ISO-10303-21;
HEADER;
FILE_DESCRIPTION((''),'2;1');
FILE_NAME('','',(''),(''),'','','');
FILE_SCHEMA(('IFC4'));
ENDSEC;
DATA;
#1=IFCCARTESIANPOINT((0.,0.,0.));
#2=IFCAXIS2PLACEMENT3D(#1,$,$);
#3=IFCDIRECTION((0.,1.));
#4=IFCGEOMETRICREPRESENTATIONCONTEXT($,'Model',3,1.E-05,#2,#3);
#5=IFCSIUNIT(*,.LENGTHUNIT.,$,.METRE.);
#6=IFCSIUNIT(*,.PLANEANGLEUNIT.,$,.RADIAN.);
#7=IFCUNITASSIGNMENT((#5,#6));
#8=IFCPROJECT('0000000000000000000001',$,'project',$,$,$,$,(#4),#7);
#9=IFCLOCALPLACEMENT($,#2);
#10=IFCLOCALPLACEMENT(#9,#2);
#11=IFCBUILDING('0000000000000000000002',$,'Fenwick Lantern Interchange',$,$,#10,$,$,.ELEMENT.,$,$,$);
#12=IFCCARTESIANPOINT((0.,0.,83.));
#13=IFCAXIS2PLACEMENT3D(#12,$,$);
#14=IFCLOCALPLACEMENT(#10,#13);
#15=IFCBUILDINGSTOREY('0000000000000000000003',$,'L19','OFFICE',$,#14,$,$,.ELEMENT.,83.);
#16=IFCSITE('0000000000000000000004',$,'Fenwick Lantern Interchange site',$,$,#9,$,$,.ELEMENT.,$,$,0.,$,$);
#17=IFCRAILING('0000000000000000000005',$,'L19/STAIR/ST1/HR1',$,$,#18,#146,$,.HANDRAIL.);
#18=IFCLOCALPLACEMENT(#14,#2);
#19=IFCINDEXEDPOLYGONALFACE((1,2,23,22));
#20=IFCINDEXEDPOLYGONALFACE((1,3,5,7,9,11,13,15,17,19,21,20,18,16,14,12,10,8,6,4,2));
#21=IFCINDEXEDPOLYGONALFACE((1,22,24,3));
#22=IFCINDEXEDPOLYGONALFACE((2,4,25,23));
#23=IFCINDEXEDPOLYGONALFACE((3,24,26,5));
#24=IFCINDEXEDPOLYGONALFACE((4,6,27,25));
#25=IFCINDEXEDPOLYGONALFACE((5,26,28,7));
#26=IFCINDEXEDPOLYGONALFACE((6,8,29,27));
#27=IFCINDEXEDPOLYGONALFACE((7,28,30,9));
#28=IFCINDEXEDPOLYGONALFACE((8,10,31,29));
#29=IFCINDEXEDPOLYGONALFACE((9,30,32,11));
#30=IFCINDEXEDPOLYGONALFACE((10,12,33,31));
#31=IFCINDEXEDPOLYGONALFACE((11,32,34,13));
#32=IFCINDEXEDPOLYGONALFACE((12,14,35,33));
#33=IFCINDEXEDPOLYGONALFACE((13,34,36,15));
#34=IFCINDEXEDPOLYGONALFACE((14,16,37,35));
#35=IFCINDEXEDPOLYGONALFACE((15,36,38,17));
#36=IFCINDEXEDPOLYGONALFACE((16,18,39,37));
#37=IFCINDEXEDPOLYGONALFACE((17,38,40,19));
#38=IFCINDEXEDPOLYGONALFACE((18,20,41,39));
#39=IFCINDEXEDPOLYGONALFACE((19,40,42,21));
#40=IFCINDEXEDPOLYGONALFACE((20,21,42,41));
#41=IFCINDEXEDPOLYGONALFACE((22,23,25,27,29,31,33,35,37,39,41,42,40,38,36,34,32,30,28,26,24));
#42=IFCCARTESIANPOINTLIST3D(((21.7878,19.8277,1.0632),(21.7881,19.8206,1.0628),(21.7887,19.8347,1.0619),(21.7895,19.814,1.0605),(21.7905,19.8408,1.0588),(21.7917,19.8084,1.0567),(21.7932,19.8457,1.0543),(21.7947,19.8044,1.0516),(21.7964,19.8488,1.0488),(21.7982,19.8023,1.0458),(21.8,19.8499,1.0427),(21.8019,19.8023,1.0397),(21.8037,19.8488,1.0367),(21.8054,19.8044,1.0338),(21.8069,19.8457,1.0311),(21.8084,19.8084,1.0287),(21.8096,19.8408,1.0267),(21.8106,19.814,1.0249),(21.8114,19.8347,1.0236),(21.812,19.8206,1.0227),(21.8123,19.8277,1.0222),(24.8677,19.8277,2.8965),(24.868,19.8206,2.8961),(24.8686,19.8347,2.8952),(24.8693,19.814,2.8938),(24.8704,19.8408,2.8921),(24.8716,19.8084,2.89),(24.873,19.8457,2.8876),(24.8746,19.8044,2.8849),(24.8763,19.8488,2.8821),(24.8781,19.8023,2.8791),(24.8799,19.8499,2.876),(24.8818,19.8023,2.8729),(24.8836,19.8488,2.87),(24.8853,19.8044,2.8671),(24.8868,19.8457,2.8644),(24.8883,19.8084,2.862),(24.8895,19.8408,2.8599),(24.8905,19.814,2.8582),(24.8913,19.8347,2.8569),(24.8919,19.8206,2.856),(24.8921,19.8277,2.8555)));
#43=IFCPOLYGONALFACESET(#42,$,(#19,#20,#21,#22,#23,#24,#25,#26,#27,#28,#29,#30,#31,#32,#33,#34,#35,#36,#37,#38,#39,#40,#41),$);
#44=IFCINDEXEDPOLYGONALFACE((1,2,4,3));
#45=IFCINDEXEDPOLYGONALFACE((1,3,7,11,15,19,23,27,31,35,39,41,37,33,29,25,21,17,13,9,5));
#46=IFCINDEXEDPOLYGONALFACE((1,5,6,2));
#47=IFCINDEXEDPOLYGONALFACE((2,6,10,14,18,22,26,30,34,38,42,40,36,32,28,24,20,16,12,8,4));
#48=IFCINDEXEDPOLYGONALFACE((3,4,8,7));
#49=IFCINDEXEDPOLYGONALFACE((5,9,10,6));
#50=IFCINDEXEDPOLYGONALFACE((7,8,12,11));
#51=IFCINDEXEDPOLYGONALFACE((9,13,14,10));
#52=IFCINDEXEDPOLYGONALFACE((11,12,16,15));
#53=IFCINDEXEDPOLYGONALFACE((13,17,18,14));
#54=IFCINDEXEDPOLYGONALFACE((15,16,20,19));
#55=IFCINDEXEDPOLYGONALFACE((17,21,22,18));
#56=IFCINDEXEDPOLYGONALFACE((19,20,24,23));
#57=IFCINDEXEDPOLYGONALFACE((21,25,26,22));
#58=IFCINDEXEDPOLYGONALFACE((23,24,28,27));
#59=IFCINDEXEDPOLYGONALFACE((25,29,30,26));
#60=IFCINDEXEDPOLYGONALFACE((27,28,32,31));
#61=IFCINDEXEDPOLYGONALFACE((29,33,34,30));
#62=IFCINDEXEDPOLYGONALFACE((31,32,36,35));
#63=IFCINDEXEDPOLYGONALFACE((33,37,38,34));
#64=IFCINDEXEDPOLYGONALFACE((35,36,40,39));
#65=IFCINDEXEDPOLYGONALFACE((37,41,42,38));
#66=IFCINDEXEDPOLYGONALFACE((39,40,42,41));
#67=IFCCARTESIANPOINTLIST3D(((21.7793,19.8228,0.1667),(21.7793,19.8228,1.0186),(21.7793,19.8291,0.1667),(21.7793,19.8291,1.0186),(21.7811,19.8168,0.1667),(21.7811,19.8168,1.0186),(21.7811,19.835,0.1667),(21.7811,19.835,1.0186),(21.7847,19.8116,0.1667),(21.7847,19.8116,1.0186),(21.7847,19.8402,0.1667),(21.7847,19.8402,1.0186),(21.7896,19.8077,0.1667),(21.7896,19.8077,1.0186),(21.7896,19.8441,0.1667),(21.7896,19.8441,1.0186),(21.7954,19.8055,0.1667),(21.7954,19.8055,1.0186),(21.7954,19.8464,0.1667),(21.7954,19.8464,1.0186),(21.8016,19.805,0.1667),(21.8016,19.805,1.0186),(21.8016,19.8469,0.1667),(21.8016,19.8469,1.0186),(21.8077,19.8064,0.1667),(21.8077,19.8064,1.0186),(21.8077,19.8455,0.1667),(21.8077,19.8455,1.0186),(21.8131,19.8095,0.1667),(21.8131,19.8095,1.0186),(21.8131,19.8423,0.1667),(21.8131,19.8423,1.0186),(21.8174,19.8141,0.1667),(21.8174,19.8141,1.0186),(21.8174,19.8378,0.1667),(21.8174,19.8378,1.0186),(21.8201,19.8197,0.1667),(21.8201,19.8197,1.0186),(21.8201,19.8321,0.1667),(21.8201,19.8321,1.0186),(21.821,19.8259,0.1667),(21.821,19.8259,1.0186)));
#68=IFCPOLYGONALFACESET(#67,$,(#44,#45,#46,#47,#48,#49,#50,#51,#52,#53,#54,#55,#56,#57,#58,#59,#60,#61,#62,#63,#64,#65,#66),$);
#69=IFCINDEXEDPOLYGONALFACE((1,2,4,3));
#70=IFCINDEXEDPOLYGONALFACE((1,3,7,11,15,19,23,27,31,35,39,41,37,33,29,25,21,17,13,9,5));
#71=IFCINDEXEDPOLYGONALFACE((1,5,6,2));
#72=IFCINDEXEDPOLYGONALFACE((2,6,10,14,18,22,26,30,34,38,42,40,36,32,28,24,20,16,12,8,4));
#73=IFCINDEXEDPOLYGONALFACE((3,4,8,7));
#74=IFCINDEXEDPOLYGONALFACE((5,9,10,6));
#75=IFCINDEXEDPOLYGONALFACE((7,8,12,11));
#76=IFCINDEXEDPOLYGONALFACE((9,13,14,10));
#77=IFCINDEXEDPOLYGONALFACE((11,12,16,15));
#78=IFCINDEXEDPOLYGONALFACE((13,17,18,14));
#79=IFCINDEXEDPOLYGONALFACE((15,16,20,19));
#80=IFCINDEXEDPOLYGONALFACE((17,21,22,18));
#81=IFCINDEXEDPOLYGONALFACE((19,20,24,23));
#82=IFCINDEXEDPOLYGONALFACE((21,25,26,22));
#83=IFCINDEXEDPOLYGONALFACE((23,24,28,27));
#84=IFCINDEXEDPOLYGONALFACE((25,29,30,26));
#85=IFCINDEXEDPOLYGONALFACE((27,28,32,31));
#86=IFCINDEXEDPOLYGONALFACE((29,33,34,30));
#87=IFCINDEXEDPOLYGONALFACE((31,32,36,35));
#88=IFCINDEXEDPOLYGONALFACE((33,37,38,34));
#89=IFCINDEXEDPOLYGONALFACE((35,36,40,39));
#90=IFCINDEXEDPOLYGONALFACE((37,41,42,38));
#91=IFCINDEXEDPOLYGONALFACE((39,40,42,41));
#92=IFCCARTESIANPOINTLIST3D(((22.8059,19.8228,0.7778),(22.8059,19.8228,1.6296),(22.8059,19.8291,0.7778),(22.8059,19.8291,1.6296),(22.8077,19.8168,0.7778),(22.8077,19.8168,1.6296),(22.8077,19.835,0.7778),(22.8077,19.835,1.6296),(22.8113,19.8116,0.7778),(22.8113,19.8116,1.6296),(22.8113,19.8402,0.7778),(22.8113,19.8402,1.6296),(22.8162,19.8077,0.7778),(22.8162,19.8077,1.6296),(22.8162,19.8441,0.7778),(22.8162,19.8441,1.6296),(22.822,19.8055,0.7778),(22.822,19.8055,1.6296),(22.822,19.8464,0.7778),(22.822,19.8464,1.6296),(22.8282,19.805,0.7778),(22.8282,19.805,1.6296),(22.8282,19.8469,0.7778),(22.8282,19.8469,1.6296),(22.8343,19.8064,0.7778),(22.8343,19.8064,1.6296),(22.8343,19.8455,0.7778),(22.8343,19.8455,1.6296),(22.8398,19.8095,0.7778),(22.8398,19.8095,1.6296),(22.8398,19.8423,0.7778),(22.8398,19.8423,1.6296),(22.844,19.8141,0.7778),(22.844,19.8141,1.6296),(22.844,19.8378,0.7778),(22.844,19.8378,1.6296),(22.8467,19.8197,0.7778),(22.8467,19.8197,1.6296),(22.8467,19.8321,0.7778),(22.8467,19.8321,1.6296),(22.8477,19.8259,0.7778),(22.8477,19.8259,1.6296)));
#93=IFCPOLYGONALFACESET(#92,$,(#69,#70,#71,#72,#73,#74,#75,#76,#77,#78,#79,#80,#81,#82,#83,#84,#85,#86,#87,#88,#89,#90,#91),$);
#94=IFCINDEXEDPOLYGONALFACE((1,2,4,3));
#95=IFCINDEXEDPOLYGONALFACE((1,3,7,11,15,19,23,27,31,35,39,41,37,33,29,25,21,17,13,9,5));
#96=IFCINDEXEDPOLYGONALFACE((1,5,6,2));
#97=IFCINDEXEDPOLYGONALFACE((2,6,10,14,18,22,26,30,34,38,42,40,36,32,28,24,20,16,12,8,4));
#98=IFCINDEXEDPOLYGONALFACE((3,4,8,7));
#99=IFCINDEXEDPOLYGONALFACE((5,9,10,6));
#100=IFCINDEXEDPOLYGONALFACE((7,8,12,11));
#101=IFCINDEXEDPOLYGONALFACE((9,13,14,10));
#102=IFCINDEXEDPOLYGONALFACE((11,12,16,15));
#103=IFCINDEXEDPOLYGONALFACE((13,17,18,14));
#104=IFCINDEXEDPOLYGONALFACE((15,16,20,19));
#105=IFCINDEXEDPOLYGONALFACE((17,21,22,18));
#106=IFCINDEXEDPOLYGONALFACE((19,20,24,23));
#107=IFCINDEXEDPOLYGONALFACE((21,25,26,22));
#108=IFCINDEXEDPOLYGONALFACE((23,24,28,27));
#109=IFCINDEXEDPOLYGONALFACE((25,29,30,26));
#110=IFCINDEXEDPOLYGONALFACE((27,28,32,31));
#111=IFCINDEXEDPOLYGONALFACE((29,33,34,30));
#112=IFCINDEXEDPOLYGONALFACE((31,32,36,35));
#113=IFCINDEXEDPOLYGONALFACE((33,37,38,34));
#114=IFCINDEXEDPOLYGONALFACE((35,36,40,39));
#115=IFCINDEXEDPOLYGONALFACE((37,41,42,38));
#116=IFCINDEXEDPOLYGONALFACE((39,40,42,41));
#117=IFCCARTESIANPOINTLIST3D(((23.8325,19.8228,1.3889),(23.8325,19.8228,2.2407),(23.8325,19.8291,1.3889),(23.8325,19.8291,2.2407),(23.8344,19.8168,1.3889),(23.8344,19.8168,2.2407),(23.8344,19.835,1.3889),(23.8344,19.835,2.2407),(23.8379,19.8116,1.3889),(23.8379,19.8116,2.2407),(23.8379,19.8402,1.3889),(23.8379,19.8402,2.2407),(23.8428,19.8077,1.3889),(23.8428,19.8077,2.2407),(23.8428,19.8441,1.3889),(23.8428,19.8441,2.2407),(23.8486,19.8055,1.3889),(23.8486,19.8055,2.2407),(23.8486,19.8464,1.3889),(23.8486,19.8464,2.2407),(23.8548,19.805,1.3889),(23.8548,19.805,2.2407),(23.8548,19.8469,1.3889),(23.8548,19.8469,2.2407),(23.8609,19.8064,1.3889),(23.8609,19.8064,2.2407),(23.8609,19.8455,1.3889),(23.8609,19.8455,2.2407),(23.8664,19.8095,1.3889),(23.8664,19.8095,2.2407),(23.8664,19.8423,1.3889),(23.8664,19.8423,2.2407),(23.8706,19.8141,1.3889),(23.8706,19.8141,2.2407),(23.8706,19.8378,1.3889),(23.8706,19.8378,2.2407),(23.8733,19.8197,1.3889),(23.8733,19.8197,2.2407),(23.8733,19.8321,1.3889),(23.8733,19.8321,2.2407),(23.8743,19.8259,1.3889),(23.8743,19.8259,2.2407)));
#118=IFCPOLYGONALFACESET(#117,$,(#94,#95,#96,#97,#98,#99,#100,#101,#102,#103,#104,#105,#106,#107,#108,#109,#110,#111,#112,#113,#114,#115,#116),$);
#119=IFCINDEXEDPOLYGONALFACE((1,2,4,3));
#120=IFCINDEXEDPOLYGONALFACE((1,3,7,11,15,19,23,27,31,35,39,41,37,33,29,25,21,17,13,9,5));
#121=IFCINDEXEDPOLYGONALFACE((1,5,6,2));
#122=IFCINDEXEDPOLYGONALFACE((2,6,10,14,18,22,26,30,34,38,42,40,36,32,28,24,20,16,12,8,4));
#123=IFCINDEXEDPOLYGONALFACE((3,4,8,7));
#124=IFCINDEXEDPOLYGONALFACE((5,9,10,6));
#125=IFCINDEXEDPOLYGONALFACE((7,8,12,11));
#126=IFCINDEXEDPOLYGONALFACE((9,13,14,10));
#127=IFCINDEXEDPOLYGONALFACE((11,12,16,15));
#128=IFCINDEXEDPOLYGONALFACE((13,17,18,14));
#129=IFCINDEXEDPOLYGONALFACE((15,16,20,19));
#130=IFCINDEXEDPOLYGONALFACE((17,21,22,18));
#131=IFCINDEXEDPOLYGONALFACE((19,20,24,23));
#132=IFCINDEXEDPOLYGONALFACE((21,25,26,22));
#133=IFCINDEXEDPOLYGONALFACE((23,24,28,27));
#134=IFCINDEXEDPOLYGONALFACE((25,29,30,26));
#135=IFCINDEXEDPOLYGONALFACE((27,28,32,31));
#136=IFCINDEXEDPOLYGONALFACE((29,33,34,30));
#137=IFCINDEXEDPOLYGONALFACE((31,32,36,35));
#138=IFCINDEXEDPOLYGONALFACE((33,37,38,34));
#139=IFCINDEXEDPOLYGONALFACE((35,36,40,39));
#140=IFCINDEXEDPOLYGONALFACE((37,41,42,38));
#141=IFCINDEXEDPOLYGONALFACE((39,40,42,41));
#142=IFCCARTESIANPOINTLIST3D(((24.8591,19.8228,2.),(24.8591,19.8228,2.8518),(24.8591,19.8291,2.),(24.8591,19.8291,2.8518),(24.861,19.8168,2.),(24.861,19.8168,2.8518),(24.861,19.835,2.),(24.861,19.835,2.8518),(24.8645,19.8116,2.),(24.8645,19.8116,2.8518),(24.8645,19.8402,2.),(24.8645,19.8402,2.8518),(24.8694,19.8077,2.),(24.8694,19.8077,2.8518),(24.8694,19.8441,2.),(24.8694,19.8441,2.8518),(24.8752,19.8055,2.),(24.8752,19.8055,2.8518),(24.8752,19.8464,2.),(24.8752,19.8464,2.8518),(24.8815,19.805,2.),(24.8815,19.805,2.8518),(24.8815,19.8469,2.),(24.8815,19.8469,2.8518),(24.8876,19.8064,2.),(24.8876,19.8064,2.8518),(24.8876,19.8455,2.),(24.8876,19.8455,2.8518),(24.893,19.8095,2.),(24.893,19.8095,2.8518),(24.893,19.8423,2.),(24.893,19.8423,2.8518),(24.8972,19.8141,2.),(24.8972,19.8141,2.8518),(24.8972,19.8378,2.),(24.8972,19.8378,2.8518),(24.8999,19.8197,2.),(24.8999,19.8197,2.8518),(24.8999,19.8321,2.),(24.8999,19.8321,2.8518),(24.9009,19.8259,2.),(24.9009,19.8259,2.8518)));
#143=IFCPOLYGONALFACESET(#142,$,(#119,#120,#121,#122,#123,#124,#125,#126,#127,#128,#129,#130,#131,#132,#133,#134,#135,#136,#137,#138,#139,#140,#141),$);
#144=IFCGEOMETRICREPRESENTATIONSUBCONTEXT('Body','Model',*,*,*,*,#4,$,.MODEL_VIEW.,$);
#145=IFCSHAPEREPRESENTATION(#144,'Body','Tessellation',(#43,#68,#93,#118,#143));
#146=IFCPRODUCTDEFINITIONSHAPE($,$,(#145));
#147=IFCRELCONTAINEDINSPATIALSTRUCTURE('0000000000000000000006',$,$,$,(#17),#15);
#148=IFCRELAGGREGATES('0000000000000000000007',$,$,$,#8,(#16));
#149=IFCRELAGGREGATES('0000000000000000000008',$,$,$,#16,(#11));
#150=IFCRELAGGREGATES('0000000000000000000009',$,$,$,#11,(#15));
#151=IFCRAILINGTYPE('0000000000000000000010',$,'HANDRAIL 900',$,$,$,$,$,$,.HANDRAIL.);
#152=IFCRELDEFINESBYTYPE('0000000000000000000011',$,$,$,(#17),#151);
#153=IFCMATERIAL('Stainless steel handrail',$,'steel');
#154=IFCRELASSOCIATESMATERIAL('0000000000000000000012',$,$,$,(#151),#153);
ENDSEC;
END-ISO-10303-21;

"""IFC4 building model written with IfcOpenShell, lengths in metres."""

from ifc_helpers import new_model, si_unit, direction, frame, origin, origin_2d, place, context, subcontext, project, spatial, circle, extrude, material, type_object, element, save


model = new_model("IFC4")

# Units and contexts
model_context = context("Model", 3, precision=1e-05, world=origin(), true_north=direction((0.0, 1.0)))
body_context = subcontext(model_context, "Body", "Model", "MODEL_VIEW")
ifc_project = project(units=[si_unit("LENGTHUNIT", "METRE"), si_unit("PLANEANGLEUNIT", "RADIAN")], contexts=[model_context])

# Site, building, storey
site_placement = place(None, origin())
site = spatial("IfcSite", under=ifc_project, at=site_placement, Name="Fenwick Lantern Interchange site", CompositionType="ELEMENT", RefElevation=0.0)
building_placement = place(site_placement, origin())
building = spatial("IfcBuilding", under=site, at=building_placement, Name="Fenwick Lantern Interchange", CompositionType="ELEMENT")
storey_placement = place(building_placement, frame((0.0, 0.0, 83.0)))
storey = spatial("IfcBuildingStorey", under=building, at=storey_placement, Name="L19", Description="OFFICE", CompositionType="ELEMENT", Elevation=83.0)

# Railing
ifc_material_1 = material(Name="Stainless steel handrail", Category="steel")
railing_type = type_object("IfcRailingType", Name="HANDRAIL 900", PredefinedType="HANDRAIL", material=ifc_material_1)
railing_1_placement = place(storey_placement, frame((21.8, 19.8259, 0.1667)))
element("IfcRailing", 1, at=railing_1_placement, inside=storey, type_object=railing_type, Name="L19/STAIR/ST1/HR1", PredefinedType="HANDRAIL", context=body_context, shape_type="SweptSolid", body=[
    extrude(circle(Radius=0.0239, at=origin_2d()), frame((0.0, 0.0, 0.876), z_axis=(0.859291, 0.0, 0.511487), x_axis=(0.0, 1.0, 0.0)), (0.0, 0.0, 1.0), 3.5842),
    extrude(circle(Radius=0.021, at=origin_2d()), origin(), (0.0, 0.0, 1.0), 0.8518),
    extrude(circle(Radius=0.021, at=origin_2d()), frame((1.0266, 0.0, 0.6111)), (0.0, 0.0, 1.0), 0.8518),
    extrude(circle(Radius=0.021, at=origin_2d()), frame((2.0532, 0.0, 1.2222)), (0.0, 0.0, 1.0), 0.8518),
    extrude(circle(Radius=0.021, at=origin_2d()), frame((3.0798, 0.0, 1.8333)), (0.0, 0.0, 1.0), 0.8518),
])

save(model, "model.ifc")
